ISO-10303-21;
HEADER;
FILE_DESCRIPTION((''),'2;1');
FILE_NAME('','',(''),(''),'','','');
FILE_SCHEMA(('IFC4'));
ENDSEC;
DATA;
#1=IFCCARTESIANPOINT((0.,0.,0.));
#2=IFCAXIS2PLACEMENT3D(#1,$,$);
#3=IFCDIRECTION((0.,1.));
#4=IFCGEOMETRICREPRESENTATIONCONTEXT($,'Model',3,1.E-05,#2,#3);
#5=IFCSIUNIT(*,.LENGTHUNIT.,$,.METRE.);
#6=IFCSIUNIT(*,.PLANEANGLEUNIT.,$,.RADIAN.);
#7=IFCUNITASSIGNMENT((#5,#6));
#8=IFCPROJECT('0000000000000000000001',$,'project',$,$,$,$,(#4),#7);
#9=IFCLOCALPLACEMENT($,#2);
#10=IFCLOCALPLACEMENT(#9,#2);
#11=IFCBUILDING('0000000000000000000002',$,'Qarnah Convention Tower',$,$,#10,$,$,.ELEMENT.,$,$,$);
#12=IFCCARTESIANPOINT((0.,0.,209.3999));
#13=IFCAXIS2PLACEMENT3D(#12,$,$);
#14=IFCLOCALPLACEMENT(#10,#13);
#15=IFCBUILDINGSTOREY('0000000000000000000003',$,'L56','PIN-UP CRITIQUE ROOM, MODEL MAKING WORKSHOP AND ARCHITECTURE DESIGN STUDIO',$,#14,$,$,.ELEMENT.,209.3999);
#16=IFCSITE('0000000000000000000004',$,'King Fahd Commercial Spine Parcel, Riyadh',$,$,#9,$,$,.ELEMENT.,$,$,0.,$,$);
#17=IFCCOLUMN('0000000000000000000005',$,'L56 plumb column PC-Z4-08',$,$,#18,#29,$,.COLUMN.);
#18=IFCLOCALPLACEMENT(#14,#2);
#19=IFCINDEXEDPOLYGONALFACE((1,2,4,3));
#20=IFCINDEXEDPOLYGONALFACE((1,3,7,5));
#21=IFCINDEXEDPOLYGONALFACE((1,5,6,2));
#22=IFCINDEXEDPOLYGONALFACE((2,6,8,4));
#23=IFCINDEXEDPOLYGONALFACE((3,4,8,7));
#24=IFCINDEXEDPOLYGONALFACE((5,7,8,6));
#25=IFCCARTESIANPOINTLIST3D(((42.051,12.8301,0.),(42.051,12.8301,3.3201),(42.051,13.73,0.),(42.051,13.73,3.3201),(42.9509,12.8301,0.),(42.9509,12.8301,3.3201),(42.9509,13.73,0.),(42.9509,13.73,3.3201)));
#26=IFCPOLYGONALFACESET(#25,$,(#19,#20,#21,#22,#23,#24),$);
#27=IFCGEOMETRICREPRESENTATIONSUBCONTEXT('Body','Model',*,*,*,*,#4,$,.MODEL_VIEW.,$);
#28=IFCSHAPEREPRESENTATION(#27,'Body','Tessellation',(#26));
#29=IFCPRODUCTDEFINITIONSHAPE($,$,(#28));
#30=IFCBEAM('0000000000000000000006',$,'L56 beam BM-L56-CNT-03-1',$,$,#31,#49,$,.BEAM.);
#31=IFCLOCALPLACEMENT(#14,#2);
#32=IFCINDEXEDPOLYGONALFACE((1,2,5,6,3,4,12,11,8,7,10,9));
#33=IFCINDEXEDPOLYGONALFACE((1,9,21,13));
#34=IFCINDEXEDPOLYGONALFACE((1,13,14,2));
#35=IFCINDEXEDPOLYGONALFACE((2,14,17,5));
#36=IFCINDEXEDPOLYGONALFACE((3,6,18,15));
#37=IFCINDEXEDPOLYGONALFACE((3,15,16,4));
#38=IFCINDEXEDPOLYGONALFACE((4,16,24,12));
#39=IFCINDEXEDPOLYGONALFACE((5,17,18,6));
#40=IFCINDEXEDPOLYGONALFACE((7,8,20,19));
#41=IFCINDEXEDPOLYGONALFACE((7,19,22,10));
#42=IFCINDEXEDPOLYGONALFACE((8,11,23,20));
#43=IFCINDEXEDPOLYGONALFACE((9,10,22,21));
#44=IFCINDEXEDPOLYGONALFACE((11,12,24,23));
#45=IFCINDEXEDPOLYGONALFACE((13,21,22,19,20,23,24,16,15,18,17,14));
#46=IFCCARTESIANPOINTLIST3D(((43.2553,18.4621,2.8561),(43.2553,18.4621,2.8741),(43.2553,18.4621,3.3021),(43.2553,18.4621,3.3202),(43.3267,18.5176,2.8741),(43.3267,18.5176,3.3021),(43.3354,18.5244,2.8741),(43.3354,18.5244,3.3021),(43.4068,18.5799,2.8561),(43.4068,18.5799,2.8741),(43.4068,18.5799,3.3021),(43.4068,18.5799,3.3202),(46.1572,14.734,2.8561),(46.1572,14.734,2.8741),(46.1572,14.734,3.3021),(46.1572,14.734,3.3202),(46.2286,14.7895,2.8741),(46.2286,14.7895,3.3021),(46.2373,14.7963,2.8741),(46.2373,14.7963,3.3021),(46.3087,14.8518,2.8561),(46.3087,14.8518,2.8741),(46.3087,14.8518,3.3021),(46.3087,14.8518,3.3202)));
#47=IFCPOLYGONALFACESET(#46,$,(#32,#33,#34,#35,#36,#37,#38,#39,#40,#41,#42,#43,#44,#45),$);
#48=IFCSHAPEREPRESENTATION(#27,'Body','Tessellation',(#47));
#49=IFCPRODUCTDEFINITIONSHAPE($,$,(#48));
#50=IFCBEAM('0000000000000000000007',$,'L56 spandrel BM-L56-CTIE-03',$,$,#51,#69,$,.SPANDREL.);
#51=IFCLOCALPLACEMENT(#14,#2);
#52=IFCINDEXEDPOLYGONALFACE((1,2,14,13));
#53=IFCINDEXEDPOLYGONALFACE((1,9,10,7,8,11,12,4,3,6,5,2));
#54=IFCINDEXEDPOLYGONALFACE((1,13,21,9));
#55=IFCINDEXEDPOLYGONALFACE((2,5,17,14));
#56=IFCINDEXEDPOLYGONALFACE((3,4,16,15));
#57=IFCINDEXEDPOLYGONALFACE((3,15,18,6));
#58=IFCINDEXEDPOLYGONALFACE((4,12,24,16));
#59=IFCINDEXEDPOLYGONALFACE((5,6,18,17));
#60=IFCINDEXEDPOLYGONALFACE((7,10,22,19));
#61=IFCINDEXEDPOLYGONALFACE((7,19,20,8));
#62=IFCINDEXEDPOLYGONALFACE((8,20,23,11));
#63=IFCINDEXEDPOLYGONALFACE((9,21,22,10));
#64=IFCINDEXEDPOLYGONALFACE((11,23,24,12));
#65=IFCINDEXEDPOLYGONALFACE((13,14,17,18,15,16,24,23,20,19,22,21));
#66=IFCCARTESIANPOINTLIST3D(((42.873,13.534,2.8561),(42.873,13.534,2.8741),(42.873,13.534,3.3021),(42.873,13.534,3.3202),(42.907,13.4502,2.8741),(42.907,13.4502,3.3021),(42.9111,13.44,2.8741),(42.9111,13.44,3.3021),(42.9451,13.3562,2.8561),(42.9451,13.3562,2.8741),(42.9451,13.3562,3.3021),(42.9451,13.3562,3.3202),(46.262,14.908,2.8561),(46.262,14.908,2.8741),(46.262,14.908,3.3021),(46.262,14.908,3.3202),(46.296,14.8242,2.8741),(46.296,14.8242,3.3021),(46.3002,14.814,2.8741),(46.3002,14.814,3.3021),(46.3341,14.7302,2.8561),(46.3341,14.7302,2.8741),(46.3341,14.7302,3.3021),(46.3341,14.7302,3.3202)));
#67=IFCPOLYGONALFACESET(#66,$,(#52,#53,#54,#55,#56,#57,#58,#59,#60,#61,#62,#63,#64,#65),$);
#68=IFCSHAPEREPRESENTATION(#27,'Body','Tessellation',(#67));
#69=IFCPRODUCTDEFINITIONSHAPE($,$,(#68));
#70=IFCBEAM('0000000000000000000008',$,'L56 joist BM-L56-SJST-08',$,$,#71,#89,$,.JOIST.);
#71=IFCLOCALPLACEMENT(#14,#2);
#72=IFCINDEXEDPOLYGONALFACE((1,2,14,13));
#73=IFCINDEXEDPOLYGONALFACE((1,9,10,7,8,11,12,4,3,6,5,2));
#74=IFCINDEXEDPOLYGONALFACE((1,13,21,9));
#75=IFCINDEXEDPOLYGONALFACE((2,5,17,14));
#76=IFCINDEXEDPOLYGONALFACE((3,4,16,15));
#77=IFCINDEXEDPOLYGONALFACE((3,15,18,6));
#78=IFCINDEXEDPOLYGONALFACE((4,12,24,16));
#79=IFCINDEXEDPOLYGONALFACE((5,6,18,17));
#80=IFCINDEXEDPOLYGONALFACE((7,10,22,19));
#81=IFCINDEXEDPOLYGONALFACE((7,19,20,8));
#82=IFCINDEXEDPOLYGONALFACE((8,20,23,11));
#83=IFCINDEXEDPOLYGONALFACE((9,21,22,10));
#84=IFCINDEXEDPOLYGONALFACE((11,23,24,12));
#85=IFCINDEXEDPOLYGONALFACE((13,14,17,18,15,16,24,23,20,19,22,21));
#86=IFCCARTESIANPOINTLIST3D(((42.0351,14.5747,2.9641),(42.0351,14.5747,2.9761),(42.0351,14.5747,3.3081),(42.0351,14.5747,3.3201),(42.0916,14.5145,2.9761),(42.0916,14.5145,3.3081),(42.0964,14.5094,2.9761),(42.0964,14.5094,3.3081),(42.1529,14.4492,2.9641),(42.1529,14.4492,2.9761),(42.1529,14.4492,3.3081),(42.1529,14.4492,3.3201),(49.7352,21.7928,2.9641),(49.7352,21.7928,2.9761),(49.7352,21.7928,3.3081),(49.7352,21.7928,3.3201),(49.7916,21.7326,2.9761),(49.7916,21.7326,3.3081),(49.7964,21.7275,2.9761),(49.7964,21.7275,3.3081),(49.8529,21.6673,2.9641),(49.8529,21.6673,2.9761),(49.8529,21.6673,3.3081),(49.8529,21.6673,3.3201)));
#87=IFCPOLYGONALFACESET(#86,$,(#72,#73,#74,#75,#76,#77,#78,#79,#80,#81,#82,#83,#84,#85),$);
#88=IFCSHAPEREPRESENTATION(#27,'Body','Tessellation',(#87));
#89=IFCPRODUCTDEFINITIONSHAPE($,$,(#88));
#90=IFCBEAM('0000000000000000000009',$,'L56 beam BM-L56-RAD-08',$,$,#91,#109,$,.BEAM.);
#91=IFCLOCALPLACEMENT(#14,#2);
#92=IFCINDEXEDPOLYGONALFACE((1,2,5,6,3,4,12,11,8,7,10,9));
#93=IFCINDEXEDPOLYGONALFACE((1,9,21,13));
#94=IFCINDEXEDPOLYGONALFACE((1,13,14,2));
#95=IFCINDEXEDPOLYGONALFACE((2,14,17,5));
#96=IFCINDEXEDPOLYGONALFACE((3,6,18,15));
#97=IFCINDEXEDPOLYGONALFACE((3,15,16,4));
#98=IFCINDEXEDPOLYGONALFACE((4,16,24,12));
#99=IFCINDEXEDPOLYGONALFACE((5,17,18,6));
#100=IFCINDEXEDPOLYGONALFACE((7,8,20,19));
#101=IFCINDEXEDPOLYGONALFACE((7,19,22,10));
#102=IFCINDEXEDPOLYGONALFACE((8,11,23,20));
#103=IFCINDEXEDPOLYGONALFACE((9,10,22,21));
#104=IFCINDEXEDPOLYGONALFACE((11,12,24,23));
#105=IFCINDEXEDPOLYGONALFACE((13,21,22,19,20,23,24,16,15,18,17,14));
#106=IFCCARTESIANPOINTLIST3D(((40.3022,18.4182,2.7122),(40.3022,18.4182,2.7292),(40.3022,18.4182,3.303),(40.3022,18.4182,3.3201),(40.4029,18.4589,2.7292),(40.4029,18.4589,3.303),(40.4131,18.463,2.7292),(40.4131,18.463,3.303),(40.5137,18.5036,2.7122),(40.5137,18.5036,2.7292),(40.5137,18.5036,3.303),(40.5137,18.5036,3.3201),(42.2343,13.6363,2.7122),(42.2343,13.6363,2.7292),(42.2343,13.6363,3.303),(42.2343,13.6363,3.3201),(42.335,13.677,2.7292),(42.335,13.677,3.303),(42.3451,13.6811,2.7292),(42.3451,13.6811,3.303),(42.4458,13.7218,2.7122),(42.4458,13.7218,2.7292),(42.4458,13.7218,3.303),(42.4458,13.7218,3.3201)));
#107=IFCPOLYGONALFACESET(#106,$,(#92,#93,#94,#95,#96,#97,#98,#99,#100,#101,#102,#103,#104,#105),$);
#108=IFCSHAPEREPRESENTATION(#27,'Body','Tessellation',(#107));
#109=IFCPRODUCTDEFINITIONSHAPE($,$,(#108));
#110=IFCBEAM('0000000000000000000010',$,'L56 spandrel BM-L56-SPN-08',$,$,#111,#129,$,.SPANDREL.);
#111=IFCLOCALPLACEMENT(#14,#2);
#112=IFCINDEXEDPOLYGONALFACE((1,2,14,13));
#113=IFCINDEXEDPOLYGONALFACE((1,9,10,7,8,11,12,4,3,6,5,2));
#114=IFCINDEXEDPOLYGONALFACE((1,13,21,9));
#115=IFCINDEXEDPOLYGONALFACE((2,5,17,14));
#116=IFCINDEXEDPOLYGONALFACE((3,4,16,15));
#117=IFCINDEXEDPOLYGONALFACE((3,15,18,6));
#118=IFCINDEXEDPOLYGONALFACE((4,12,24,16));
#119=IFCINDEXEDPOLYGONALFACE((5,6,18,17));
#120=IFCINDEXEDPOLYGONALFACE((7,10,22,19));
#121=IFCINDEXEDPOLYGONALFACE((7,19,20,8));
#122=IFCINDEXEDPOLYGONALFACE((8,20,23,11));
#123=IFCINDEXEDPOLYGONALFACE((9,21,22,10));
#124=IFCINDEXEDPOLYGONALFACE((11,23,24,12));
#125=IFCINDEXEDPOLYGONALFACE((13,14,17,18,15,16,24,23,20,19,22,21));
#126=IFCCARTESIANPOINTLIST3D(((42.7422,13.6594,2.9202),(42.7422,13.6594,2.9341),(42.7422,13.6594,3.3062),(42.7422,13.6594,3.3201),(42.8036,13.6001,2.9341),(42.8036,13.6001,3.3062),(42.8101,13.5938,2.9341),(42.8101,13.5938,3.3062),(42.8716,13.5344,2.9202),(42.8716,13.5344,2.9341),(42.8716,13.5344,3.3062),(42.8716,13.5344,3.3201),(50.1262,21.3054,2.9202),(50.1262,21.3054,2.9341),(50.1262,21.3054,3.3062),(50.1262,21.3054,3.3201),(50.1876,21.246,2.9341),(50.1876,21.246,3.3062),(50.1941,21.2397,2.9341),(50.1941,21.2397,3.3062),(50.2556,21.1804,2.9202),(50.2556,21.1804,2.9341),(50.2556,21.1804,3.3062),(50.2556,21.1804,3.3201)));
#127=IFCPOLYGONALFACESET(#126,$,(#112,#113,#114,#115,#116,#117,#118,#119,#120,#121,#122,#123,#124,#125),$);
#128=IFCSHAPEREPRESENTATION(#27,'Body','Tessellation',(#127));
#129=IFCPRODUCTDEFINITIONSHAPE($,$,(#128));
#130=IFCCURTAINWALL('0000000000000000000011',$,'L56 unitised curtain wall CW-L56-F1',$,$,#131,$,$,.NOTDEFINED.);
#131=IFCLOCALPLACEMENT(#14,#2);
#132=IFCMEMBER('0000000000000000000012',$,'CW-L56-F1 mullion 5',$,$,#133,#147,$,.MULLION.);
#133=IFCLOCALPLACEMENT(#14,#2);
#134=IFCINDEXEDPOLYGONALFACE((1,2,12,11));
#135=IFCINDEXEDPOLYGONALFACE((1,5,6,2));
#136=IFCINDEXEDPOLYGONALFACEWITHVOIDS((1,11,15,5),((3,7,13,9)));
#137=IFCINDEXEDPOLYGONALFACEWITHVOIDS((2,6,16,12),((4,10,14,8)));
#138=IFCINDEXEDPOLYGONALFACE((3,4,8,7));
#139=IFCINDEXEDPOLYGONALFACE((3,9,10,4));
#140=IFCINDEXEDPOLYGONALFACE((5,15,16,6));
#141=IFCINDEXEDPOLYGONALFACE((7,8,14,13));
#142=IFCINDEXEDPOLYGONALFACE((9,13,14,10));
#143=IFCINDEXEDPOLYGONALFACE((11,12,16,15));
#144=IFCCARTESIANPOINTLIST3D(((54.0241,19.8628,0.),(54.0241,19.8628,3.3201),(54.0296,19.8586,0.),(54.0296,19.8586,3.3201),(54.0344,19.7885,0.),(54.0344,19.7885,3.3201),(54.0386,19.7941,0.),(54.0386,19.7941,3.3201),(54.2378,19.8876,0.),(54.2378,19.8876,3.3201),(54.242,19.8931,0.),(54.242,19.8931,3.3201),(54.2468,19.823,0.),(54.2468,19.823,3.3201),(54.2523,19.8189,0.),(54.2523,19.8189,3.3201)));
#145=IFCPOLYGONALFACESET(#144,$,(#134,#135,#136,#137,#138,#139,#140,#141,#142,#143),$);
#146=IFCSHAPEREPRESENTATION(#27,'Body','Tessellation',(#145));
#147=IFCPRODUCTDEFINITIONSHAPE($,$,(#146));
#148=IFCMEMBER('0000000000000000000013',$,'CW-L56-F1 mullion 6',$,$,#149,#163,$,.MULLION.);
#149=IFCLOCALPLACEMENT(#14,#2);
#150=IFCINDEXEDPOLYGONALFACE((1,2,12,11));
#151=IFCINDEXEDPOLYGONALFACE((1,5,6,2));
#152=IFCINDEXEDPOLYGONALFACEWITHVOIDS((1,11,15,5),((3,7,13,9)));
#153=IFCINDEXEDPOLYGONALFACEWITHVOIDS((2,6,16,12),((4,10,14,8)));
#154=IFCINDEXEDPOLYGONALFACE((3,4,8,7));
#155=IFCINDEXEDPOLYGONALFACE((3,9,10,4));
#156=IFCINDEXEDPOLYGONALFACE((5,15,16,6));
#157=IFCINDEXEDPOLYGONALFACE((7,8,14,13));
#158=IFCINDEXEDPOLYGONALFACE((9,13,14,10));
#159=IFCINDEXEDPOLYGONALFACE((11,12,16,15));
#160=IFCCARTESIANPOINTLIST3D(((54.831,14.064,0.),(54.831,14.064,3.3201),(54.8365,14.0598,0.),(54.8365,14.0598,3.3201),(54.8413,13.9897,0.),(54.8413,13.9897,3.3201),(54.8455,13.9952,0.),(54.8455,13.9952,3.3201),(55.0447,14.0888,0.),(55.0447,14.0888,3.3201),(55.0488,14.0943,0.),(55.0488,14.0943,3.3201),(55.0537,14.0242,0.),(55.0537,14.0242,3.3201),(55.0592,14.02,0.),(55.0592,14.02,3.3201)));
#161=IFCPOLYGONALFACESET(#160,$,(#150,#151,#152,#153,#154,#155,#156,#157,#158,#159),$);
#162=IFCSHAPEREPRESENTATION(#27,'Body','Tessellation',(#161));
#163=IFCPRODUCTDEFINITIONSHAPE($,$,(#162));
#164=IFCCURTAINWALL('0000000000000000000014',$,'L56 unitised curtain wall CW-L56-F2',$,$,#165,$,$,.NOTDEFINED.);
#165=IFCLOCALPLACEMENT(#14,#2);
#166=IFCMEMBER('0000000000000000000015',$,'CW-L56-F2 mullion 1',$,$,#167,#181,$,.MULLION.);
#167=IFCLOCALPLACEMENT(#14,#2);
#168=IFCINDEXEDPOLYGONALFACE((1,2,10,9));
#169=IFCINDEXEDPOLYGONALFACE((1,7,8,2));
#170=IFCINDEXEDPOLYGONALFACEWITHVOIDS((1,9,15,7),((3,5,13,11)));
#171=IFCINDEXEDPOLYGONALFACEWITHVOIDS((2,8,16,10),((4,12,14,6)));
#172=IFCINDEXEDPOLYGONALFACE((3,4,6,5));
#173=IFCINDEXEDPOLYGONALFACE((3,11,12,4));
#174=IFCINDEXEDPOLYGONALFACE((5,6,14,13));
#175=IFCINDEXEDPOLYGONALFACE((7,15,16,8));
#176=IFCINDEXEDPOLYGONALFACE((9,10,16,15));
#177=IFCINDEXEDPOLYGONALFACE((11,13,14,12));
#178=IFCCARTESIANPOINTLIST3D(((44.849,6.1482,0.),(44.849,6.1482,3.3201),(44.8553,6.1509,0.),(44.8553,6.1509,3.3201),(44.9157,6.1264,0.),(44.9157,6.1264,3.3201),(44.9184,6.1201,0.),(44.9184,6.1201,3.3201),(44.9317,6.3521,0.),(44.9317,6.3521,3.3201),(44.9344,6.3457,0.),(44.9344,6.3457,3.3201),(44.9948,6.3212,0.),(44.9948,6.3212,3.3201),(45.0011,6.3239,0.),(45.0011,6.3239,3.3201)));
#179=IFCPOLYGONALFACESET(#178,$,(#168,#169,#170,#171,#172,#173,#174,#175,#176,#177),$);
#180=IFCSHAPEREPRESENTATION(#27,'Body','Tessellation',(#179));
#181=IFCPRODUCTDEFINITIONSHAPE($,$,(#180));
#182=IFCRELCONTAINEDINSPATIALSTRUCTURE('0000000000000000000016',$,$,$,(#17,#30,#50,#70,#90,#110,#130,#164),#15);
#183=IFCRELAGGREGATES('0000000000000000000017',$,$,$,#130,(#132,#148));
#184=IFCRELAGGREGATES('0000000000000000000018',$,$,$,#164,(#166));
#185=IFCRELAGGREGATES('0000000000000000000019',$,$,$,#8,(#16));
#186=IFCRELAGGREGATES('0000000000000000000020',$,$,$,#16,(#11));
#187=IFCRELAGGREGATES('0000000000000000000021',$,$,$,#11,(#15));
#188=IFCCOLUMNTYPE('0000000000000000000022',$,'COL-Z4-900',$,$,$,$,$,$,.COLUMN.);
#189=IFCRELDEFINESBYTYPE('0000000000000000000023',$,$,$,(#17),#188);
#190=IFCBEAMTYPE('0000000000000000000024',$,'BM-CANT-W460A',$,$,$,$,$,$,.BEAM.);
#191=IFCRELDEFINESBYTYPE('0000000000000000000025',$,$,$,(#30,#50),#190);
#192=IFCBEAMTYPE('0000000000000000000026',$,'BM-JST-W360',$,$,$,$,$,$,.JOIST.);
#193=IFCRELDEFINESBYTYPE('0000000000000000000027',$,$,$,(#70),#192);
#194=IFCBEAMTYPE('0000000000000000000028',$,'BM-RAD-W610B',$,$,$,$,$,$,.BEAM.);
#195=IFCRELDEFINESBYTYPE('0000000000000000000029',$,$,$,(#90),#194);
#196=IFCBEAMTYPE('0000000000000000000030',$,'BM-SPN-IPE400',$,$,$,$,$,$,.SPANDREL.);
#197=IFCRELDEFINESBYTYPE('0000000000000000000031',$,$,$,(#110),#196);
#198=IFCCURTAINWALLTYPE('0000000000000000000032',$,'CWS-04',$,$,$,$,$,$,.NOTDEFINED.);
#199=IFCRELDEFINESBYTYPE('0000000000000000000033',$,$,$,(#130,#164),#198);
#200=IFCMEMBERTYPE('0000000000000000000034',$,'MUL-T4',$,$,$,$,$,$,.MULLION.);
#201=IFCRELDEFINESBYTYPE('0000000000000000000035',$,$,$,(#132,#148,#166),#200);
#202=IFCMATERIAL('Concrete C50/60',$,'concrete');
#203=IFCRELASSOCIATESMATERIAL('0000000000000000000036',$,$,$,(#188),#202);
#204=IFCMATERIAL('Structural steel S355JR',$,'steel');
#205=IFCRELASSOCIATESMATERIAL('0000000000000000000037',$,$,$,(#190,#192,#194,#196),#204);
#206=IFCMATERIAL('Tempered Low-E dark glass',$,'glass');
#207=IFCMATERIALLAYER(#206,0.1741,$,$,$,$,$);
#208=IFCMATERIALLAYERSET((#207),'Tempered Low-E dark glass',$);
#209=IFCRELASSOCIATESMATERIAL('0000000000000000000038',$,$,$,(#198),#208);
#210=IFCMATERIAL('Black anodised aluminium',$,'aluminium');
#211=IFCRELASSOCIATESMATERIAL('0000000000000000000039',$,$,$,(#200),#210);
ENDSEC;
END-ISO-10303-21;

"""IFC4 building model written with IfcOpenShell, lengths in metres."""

from ifc_helpers import new_model, si_unit, direction, frame, origin, origin_2d, place, context, subcontext, project, spatial, rectangle, hollow_rectangle, i_section, extrude, material, layer, layer_set, material_profile, profile_set, type_object, element, aggregate, save


model = new_model("IFC4")

# Units and contexts
model_context = context("Model", 3, precision=1e-05, world=origin(), true_north=direction((0.0, 1.0)))
body_context = subcontext(model_context, "Body", "Model", "MODEL_VIEW")
ifc_project = project(units=[si_unit("LENGTHUNIT", "METRE"), si_unit("PLANEANGLEUNIT", "RADIAN")], contexts=[model_context])

# Site, building, storey
site_placement = place(None, origin())
site = spatial("IfcSite", under=ifc_project, at=site_placement, Name="King Fahd Commercial Spine Parcel, Riyadh", CompositionType="ELEMENT", RefElevation=0.0)
building_placement = place(site_placement, origin())
building = spatial("IfcBuilding", under=site, at=building_placement, Name="Qarnah Convention Tower", CompositionType="ELEMENT")
storey_placement = place(building_placement, frame((0.0, 0.0, 209.3999)))
storey = spatial("IfcBuildingStorey", under=building, at=storey_placement, Name="L56", Description="PIN-UP CRITIQUE ROOM, MODEL MAKING WORKSHOP AND ARCHITECTURE DESIGN STUDIO", CompositionType="ELEMENT", Elevation=209.3999)

# Column
ifc_material_1 = material(Name="Concrete C50/60", Category="concrete")
ifc_material_profile_1 = material_profile(ifc_material_1, rectangle(XDim=0.8999, YDim=0.8999, at=origin_2d()), Name="RC-COL-900X900")
ifc_profile_set_1 = profile_set([ifc_material_profile_1], Name="Concrete C50/60")
column_type = type_object("IfcColumnType", Name="COL-Z4-900", PredefinedType="COLUMN", material=ifc_profile_set_1)
column_placement = place(storey_placement, frame((42.501, 13.28, 0.0), z_axis=(0.0, 0.0, 1.0), x_axis=(1.0, 0.0, 0.0)))
element("IfcColumn", 1, at=column_placement, inside=storey, type_object=column_type, Name="L56 plumb column PC-Z4-08", PredefinedType="COLUMN", context=body_context, shape_type="SweptSolid", body=[
    extrude(rectangle(XDim=0.8999, YDim=0.8999, at=origin_2d()), origin(), (0.0, 0.0, 1.0), 3.3201),
])

# Beams
ifc_material_2 = material(Name="Structural steel S355JR", Category="steel")
ifc_material_profile_2 = material_profile(ifc_material_2, i_section(OverallWidth=0.1919, OverallDepth=0.4641, WebThickness=0.011, FlangeThickness=0.0181, at=origin_2d()), Name="W460X89")
ifc_profile_set_2 = profile_set([ifc_material_profile_2], Name="Structural steel S355JR")
beam_type_1 = type_object("IfcBeamType", Name="BM-CANT-W460A", PredefinedType="BEAM", material=ifc_profile_set_2)
beam_1_placement = place(storey_placement, frame((43.3311, 18.521, 3.0881), z_axis=(0.614241, -0.789118, 0.0), x_axis=(0.789118, 0.614241, 0.0)))
element("IfcBeam", 2, at=beam_1_placement, inside=storey, type_object=beam_type_1, Name="L56 beam BM-L56-CNT-03-1", PredefinedType="BEAM", context=body_context, shape_type="SweptSolid", body=[
    extrude(i_section(OverallWidth=0.1919, OverallDepth=0.4641, WebThickness=0.011, FlangeThickness=0.0181, at=origin_2d()), origin(), (0.0, 0.0, 1.0), 4.7244),
])
beam_2_placement = place(storey_placement, frame((46.2981, 14.8191, 3.0881), z_axis=(-0.926735, -0.375714, 0.0), x_axis=(0.375714, -0.926735, 0.0)))
element("IfcBeam", 3, at=beam_2_placement, inside=storey, type_object=beam_type_1, Name="L56 spandrel BM-L56-CTIE-03", PredefinedType="SPANDREL", context=body_context, shape_type="SweptSolid", body=[
    extrude(i_section(OverallWidth=0.1919, OverallDepth=0.4641, WebThickness=0.011, FlangeThickness=0.0181, at=origin_2d()), origin(), (0.0, 0.0, 1.0), 3.657),
])
ifc_material_profile_3 = material_profile(ifc_material_2, i_section(OverallWidth=0.1721, OverallDepth=0.356, WebThickness=0.0071, FlangeThickness=0.012, at=origin_2d()), Name="W360X51")
ifc_profile_set_3 = profile_set([ifc_material_profile_3], Name="Structural steel S355JR")
beam_type_2 = type_object("IfcBeamType", Name="BM-JST-W360", PredefinedType="JOIST", material=ifc_profile_set_3)
beam_3_placement = place(storey_placement, frame((42.094, 14.512, 3.1421), z_axis=(0.72957, 0.683907, 0.0), x_axis=(-0.683907, 0.72957, 0.0)))
element("IfcBeam", 4, at=beam_3_placement, inside=storey, type_object=beam_type_2, Name="L56 joist BM-L56-SJST-08", PredefinedType="JOIST", context=body_context, shape_type="SweptSolid", body=[
    extrude(i_section(OverallWidth=0.1721, OverallDepth=0.356, WebThickness=0.0071, FlangeThickness=0.012, at=origin_2d()), origin(), (0.0, 0.0, 1.0), 10.5542),
])
ifc_material_profile_4 = material_profile(ifc_material_2, i_section(OverallWidth=0.228, OverallDepth=0.6079, WebThickness=0.011, FlangeThickness=0.0171, at=origin_2d()), Name="W610X113")
ifc_profile_set_4 = profile_set([ifc_material_profile_4], Name="Structural steel S355JR")
beam_type_3 = type_object("IfcBeamType", Name="BM-RAD-W610B", PredefinedType="BEAM", material=ifc_profile_set_4)
beam_4_placement = place(storey_placement, frame((40.408, 18.4609, 3.0161), z_axis=(0.37462, -0.927178, 0.0), x_axis=(0.927178, 0.37462, 0.0)))
element("IfcBeam", 5, at=beam_4_placement, inside=storey, type_object=beam_type_3, Name="L56 beam BM-L56-RAD-08", PredefinedType="BEAM", context=body_context, shape_type="SweptSolid", body=[
    extrude(i_section(OverallWidth=0.228, OverallDepth=0.6079, WebThickness=0.011, FlangeThickness=0.0171, at=origin_2d()), origin(), (0.0, 0.0, 1.0), 5.1575),
])
ifc_material_profile_5 = material_profile(ifc_material_2, i_section(OverallWidth=0.1799, OverallDepth=0.3999, WebThickness=0.009, FlangeThickness=0.0139, at=origin_2d()), Name="IPE400")
ifc_profile_set_5 = profile_set([ifc_material_profile_5], Name="Structural steel S355JR")
beam_type_4 = type_object("IfcBeamType", Name="BM-SPN-IPE400", PredefinedType="SPANDREL", material=ifc_profile_set_5)
beam_5_placement = place(storey_placement, frame((42.8069, 13.5969, 3.1201), z_axis=(0.694677, 0.719322, 0.0), x_axis=(-0.719322, 0.694677, 0.0)))
element("IfcBeam", 6, at=beam_5_placement, inside=storey, type_object=beam_type_4, Name="L56 spandrel BM-L56-SPN-08", PredefinedType="SPANDREL", context=body_context, shape_type="SweptSolid", body=[
    extrude(i_section(OverallWidth=0.1799, OverallDepth=0.3999, WebThickness=0.009, FlangeThickness=0.0139, at=origin_2d()), origin(), (0.0, 0.0, 1.0), 10.6294),
])

# Curtain walls, members
ifc_material_3 = material(Name="Tempered Low-E dark glass", Category="glass")
ifc_layer_1 = layer(ifc_material_3, 0.1741)
ifc_layer_set_1 = layer_set([ifc_layer_1], Name="Tempered Low-E dark glass")
curtain_wall_type = type_object("IfcCurtainWallType", Name="CWS-04", PredefinedType="NOTDEFINED", material=ifc_layer_set_1)
curtain_wall_1_placement = place(storey_placement, origin())
curtain_wall_1 = element("IfcCurtainWall", 7, at=curtain_wall_1_placement, inside=storey, type_object=curtain_wall_type, Name="L56 unitised curtain wall CW-L56-F1", PredefinedType="NOTDEFINED")
ifc_material_4 = material(Name="Black anodised aluminium", Category="aluminium")
ifc_material_profile_6 = material_profile(ifc_material_4, hollow_rectangle(XDim=0.075, YDim=0.22, WallThickness=0.0049, at=origin_2d()), Name="MUL-75X220")
ifc_profile_set_6 = profile_set([ifc_material_profile_6], Name="Black anodised aluminium")
member_type_1 = type_object("IfcMemberType", Name="MUL-T4", PredefinedType="MULLION", material=ifc_profile_set_6)
member_1_placement = place(storey_placement, frame((54.1382, 19.8408, 0.0), z_axis=(0.0, 0.0, 1.0), x_axis=(0.137805, -0.990459, 0.0)))
member_1 = element("IfcMember", 8, at=member_1_placement, type_object=member_type_1, Name="CW-L56-F1 mullion 5", PredefinedType="MULLION", context=body_context, shape_type="SweptSolid", body=[
    extrude(hollow_rectangle(XDim=0.075, YDim=0.22, WallThickness=0.0049, at=origin_2d()), origin(), (0.0, 0.0, 1.0), 3.3201),
])
member_2_placement = place(storey_placement, frame((54.9451, 14.042, 0.0), z_axis=(0.0, 0.0, 1.0), x_axis=(0.137805, -0.990459, 0.0)))
member_2 = element("IfcMember", 9, at=member_2_placement, type_object=member_type_1, Name="CW-L56-F1 mullion 6", PredefinedType="MULLION", context=body_context, shape_type="SweptSolid", body=[
    extrude(hollow_rectangle(XDim=0.075, YDim=0.22, WallThickness=0.0049, at=origin_2d()), origin(), (0.0, 0.0, 1.0), 3.3201),
])
curtain_wall_2_placement = place(storey_placement, origin())
curtain_wall_2 = element("IfcCurtainWall", 10, at=curtain_wall_2_placement, inside=storey, type_object=curtain_wall_type, Name="L56 unitised curtain wall CW-L56-F2", PredefinedType="NOTDEFINED")
member_3_placement = place(storey_placement, frame((44.925, 6.2361, 0.0), z_axis=(0.0, 0.0, 1.0), x_axis=(-0.926673, 0.375868, 0.0)))
member_3 = element("IfcMember", 11, at=member_3_placement, type_object=member_type_1, Name="CW-L56-F2 mullion 1", PredefinedType="MULLION", context=body_context, shape_type="SweptSolid", body=[
    extrude(hollow_rectangle(XDim=0.075, YDim=0.22, WallThickness=0.0049, at=origin_2d()), origin(), (0.0, 0.0, 1.0), 3.3201),
])

aggregate(curtain_wall_1, [member_1, member_2])
aggregate(curtain_wall_2, [member_3])

save(model, "model.ifc")
